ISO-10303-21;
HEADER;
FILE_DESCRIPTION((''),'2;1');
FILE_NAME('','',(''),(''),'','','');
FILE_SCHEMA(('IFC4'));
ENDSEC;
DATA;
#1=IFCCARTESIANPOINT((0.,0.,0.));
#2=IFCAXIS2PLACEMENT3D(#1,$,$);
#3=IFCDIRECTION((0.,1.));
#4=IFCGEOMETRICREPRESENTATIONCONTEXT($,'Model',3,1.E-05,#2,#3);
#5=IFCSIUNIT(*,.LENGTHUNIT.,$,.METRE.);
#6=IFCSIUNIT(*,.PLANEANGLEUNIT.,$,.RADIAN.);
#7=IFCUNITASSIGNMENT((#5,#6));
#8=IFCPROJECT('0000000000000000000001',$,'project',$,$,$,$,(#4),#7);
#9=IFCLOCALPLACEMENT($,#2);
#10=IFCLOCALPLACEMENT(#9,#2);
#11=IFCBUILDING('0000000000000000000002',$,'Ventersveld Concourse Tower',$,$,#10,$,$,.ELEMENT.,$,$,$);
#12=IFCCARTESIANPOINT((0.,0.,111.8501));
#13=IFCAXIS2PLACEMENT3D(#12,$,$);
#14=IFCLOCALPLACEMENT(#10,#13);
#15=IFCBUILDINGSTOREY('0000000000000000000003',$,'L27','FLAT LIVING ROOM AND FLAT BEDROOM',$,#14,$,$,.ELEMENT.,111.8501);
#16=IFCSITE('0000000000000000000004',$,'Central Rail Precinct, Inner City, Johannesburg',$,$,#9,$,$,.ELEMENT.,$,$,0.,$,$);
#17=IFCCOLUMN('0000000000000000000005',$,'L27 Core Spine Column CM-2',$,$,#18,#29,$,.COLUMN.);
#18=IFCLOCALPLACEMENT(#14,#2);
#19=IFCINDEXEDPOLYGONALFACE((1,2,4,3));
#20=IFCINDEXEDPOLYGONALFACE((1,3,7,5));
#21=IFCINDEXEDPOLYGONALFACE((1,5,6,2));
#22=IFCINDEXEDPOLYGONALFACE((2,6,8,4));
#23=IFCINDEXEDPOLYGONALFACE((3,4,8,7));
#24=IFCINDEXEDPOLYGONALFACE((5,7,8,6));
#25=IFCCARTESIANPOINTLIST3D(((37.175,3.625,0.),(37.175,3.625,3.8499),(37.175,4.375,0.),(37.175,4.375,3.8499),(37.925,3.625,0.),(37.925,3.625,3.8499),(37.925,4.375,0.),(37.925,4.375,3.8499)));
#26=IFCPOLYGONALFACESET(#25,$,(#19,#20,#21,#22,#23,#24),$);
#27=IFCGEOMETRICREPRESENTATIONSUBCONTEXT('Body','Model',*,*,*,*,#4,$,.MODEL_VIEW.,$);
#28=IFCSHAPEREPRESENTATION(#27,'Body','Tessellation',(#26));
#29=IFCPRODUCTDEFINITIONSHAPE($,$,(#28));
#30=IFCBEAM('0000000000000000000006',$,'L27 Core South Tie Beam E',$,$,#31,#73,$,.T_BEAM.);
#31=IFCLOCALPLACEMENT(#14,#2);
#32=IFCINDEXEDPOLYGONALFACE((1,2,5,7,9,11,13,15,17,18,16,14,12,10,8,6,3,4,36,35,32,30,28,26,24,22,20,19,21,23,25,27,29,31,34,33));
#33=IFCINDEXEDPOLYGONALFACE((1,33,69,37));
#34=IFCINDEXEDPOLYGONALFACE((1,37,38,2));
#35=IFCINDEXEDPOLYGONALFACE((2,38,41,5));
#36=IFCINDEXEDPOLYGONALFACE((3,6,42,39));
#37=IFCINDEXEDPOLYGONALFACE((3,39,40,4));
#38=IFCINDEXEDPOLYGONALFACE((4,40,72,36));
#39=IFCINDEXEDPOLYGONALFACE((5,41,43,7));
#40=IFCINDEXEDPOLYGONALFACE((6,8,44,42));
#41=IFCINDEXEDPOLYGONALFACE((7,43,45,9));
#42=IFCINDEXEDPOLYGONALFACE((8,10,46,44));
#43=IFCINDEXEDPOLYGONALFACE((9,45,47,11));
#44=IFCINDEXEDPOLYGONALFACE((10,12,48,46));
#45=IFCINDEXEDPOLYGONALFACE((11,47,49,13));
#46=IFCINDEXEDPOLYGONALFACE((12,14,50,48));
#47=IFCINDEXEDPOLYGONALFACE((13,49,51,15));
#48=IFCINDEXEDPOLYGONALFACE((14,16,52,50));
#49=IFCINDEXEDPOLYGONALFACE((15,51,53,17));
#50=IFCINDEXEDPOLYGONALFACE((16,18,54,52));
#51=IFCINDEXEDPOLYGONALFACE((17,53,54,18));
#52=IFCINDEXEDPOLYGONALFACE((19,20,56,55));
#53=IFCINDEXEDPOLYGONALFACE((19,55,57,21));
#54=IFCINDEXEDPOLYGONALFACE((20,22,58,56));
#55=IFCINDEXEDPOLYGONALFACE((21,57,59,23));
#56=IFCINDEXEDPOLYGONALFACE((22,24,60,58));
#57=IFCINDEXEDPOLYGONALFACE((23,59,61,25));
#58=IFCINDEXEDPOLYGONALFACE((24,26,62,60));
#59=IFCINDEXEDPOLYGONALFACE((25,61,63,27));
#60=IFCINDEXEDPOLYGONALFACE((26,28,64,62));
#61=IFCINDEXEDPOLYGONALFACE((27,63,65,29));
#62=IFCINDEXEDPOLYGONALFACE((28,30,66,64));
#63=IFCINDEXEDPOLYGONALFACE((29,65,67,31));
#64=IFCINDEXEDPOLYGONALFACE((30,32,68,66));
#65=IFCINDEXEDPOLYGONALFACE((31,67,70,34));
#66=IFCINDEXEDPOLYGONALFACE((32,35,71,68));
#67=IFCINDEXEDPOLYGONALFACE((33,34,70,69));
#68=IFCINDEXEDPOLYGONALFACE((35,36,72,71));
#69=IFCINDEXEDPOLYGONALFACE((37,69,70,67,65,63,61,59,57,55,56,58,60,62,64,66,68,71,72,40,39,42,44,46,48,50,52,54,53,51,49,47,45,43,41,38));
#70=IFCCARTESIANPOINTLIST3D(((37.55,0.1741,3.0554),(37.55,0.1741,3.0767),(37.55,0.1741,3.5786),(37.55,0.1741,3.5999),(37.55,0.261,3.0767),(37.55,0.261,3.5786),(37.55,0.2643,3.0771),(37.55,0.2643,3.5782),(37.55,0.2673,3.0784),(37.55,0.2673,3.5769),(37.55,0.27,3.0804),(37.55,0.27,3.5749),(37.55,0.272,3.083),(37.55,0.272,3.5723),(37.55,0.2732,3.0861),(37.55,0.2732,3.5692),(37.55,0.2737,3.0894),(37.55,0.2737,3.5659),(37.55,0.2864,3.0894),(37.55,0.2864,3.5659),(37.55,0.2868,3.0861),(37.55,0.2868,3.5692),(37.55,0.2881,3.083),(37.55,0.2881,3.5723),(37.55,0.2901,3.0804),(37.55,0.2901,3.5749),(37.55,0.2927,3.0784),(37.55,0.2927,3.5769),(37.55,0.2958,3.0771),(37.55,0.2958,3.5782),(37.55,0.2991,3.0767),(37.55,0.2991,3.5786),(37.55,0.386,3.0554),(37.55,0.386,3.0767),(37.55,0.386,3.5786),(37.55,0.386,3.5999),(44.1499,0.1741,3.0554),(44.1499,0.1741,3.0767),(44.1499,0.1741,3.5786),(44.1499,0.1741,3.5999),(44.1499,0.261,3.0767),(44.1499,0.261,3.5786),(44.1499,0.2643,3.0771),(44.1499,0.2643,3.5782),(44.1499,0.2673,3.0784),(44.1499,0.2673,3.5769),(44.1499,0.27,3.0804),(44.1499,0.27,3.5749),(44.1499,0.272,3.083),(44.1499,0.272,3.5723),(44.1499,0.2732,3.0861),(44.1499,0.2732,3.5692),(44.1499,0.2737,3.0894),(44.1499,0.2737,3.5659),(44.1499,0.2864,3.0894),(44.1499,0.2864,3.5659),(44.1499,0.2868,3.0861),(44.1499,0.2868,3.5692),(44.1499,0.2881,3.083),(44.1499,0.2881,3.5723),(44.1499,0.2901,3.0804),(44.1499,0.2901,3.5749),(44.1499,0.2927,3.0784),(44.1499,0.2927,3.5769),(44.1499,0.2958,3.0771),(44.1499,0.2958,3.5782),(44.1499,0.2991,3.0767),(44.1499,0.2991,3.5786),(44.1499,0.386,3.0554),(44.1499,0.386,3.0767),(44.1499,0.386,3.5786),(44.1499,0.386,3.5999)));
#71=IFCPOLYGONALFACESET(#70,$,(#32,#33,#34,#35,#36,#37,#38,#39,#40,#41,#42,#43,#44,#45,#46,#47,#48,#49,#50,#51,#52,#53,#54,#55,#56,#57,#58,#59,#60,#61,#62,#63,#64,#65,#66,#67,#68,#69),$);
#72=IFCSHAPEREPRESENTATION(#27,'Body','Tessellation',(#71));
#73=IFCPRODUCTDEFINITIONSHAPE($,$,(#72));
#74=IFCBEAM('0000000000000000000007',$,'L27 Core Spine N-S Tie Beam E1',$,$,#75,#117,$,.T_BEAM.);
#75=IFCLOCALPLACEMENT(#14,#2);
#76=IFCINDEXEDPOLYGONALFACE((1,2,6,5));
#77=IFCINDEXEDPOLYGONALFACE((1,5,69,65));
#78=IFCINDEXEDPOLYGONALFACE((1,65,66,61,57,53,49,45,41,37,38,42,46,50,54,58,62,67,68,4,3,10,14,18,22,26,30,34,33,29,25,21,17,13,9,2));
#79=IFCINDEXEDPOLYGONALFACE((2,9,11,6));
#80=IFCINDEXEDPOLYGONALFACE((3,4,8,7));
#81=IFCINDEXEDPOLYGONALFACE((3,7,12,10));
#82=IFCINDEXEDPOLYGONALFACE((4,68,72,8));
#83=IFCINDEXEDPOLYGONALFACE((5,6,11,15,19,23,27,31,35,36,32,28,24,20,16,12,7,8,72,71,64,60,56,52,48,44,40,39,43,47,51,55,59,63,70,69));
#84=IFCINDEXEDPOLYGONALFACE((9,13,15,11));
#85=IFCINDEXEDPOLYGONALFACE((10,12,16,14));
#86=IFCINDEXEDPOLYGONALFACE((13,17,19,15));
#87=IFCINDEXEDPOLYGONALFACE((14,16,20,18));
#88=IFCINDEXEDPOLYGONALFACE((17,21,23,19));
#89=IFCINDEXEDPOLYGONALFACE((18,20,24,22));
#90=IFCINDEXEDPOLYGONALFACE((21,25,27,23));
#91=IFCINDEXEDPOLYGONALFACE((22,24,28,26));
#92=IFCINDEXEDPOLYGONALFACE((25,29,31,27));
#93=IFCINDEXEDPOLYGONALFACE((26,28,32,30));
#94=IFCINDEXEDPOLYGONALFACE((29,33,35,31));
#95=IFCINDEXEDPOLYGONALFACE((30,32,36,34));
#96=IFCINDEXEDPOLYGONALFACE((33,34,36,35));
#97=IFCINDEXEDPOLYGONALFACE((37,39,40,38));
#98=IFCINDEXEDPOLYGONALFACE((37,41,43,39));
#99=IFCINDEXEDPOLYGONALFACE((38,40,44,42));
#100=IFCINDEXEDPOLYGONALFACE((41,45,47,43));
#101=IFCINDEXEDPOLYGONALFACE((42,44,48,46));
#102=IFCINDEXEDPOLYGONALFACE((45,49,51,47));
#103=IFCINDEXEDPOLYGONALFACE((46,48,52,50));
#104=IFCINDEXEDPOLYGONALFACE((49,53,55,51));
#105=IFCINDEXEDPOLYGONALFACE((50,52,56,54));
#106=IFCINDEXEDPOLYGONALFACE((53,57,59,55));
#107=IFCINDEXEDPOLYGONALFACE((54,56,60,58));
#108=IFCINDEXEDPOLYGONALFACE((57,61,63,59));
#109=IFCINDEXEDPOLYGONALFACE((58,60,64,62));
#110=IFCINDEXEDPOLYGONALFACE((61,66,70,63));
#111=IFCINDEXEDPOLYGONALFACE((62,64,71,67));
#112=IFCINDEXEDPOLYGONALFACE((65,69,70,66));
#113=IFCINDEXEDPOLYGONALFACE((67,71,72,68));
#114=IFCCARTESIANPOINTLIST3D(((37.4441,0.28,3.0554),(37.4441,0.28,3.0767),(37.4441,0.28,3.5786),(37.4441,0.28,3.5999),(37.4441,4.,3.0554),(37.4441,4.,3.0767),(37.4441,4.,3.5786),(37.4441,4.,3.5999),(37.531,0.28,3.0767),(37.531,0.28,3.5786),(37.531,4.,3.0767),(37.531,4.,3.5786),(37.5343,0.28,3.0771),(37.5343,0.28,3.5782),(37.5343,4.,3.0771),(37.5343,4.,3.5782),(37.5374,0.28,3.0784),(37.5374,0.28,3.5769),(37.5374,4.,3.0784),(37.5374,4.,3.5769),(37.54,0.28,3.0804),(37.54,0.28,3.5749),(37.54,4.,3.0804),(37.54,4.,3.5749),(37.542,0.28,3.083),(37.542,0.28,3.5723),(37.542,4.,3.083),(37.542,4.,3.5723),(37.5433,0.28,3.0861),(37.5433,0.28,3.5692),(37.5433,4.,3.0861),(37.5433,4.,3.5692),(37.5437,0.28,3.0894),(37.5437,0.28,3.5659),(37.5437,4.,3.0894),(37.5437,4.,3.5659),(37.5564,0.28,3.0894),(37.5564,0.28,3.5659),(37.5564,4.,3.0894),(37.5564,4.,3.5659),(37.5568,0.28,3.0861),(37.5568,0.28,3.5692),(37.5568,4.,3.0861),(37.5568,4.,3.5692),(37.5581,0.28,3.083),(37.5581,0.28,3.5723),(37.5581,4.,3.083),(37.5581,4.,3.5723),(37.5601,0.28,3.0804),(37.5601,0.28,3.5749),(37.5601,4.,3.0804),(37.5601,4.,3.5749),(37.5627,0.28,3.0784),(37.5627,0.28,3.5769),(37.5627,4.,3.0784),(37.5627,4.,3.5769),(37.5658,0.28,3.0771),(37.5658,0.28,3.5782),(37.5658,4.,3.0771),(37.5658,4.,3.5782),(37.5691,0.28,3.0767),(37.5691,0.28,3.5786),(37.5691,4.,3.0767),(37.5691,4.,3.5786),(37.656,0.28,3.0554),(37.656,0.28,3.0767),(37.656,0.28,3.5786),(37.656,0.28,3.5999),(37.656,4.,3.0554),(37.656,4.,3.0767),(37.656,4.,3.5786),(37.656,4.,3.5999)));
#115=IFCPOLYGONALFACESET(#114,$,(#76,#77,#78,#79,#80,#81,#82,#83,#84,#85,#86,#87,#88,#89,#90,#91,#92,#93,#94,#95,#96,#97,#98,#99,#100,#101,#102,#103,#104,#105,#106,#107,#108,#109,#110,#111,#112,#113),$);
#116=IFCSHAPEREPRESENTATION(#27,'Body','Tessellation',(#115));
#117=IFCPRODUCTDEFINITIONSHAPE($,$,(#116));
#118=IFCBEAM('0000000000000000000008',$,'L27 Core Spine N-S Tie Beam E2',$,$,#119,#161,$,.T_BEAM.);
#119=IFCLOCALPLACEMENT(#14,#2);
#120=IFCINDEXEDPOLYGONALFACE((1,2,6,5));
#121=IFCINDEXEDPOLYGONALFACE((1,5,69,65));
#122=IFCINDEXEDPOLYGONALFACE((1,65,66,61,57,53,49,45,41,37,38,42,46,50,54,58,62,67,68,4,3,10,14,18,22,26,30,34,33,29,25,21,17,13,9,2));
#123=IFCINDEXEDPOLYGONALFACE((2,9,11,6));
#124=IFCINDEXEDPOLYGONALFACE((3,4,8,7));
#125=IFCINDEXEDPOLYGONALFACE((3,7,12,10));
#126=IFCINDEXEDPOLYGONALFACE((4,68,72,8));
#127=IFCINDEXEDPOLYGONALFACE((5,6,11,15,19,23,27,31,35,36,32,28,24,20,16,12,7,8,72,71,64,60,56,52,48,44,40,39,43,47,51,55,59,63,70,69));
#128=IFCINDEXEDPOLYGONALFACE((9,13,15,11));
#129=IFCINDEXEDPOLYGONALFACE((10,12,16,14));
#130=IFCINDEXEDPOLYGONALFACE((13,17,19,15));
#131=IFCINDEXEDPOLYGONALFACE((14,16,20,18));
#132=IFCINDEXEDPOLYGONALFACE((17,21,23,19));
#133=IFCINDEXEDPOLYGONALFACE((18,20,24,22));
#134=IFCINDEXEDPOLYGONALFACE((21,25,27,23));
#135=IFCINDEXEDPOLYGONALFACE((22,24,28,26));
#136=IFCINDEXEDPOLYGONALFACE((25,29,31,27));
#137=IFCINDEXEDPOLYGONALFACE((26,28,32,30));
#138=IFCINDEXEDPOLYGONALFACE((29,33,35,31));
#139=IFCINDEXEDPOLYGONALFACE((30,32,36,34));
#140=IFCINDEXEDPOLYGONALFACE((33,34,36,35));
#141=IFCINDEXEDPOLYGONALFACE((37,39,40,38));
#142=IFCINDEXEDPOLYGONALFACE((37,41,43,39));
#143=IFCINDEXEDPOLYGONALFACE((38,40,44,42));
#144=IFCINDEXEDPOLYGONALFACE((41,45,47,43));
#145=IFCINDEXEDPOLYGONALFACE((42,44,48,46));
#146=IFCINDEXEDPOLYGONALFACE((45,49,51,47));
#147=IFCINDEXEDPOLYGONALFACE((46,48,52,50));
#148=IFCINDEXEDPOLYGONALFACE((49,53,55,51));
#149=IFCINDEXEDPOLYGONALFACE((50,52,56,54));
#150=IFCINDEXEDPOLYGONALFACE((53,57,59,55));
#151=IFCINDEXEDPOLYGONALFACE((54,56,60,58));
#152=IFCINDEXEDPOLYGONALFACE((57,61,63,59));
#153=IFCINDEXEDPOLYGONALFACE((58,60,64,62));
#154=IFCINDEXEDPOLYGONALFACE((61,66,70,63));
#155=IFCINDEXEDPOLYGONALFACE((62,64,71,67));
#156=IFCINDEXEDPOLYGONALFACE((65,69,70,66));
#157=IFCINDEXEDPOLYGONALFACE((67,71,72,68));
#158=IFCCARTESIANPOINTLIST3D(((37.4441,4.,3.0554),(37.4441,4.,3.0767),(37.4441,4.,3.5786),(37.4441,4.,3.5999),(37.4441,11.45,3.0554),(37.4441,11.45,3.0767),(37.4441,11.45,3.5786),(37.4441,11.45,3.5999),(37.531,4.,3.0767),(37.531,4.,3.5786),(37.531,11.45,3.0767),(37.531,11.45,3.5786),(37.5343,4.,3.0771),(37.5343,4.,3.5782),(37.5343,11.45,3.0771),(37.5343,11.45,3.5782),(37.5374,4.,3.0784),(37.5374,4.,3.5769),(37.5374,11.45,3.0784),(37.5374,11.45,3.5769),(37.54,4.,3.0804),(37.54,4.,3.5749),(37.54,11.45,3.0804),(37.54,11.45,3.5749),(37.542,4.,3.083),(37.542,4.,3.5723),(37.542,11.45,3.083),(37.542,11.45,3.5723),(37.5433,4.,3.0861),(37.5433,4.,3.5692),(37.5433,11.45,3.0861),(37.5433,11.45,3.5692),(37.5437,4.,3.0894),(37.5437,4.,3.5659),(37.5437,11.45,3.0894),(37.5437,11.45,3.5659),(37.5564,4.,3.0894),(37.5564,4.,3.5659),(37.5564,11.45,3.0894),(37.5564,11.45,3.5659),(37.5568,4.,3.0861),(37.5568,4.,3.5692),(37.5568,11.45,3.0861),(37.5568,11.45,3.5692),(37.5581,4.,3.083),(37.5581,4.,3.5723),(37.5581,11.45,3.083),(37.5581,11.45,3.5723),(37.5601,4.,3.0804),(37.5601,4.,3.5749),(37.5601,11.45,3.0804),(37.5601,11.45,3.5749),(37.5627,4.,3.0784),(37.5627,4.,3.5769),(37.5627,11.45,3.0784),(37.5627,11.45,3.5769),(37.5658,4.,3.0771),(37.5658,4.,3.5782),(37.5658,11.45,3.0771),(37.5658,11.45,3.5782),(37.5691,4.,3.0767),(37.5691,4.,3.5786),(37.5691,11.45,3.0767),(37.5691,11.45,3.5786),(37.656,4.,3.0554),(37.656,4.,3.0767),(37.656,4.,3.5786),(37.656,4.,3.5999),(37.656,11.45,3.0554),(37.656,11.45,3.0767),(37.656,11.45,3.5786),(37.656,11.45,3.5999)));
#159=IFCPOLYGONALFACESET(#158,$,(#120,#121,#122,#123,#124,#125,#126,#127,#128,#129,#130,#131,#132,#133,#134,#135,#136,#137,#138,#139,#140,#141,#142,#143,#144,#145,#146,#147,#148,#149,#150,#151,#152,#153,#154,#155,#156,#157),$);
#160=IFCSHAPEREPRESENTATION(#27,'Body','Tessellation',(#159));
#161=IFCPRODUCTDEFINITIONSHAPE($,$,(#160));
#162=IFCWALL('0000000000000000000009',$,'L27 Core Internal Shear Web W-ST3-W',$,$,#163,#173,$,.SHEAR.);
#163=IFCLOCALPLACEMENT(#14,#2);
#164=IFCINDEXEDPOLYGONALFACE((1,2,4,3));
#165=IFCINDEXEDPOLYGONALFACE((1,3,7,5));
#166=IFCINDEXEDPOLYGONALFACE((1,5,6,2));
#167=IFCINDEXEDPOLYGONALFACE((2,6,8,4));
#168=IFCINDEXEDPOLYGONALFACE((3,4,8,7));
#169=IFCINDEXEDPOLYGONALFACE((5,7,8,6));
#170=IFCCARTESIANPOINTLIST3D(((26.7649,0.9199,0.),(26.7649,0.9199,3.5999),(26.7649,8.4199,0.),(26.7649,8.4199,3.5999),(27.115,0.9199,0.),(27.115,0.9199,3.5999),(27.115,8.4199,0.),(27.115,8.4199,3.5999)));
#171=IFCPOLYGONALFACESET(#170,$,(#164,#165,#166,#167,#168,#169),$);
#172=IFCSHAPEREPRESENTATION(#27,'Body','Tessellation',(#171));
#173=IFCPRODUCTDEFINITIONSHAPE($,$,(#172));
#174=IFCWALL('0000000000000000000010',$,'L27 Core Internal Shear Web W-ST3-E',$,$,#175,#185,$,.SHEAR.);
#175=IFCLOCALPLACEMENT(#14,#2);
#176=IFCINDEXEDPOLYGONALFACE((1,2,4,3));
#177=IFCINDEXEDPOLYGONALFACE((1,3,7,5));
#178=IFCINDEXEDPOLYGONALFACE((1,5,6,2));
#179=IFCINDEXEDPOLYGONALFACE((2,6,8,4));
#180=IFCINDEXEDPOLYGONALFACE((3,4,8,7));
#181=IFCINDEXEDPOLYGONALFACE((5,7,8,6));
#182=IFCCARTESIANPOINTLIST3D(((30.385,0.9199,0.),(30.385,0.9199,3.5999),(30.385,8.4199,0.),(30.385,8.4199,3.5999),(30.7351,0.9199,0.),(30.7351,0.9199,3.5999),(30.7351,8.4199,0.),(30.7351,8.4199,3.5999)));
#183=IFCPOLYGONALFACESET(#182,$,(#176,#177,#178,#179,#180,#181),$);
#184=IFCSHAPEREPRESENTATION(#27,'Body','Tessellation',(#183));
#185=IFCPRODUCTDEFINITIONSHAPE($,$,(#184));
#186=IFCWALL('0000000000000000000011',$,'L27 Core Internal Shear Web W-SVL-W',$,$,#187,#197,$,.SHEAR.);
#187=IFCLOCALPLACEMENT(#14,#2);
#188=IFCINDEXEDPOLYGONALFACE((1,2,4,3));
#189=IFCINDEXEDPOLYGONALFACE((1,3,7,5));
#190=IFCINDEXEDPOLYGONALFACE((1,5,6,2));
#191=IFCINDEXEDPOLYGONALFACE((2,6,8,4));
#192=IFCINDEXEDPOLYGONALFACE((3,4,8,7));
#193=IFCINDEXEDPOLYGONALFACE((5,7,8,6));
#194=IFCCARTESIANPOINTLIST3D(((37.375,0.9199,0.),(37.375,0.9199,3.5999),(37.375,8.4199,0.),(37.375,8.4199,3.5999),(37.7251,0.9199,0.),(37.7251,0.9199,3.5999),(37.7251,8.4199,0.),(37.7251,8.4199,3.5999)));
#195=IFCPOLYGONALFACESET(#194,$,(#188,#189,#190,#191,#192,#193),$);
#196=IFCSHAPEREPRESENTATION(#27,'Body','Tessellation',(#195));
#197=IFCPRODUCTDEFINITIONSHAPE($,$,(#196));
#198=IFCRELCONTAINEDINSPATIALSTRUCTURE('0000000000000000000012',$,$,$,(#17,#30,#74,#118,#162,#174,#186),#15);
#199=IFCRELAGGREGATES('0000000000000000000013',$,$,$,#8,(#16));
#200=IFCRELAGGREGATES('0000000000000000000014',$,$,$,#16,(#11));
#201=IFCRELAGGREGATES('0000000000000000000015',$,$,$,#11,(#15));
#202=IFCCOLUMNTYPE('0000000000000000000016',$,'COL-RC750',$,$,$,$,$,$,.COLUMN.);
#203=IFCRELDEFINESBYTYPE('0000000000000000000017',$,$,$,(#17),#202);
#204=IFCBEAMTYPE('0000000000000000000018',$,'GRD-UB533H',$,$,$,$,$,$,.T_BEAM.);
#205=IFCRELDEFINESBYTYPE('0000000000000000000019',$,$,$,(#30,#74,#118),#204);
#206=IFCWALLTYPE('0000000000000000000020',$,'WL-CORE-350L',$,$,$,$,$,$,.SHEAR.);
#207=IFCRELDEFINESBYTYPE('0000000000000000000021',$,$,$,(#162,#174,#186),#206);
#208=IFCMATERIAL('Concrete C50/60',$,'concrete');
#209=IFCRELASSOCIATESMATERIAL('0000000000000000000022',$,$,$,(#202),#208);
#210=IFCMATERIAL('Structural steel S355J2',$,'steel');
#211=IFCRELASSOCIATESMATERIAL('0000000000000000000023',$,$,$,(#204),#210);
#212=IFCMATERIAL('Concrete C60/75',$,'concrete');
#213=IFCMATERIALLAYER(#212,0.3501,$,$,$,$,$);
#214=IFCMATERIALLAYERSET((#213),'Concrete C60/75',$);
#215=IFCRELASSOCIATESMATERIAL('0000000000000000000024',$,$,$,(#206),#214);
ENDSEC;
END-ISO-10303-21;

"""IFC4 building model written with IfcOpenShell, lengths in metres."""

from ifc_helpers import new_model, si_unit, direction, frame, frame_2d, origin, origin_2d, place, context, subcontext, project, spatial, rectangle, i_section, extrude, material, layer, layer_set, material_profile, profile_set, type_object, element, save


model = new_model("IFC4")

# Units and contexts
model_context = context("Model", 3, precision=1e-05, world=origin(), true_north=direction((0.0, 1.0)))
body_context = subcontext(model_context, "Body", "Model", "MODEL_VIEW")
ifc_project = project(units=[si_unit("LENGTHUNIT", "METRE"), si_unit("PLANEANGLEUNIT", "RADIAN")], contexts=[model_context])

# Site, building, storey
site_placement = place(None, origin())
site = spatial("IfcSite", under=ifc_project, at=site_placement, Name="Central Rail Precinct, Inner City, Johannesburg", CompositionType="ELEMENT", RefElevation=0.0)
building_placement = place(site_placement, origin())
building = spatial("IfcBuilding", under=site, at=building_placement, Name="Ventersveld Concourse Tower", CompositionType="ELEMENT")
storey_placement = place(building_placement, frame((0.0, 0.0, 111.8501)))
storey = spatial("IfcBuildingStorey", under=building, at=storey_placement, Name="L27", Description="FLAT LIVING ROOM AND FLAT BEDROOM", CompositionType="ELEMENT", Elevation=111.8501)

# Column
ifc_material_1 = material(Name="Concrete C50/60", Category="concrete")
ifc_material_profile_1 = material_profile(ifc_material_1, rectangle(XDim=0.75, YDim=0.75, at=origin_2d()), Name="RC 750x750")
ifc_profile_set_1 = profile_set([ifc_material_profile_1], Name="Concrete C50/60")
column_type = type_object("IfcColumnType", Name="COL-RC750", PredefinedType="COLUMN", material=ifc_profile_set_1)
column_placement = place(storey_placement, frame((37.55, 4.0, 0.0), z_axis=(0.0, 0.0, 1.0), x_axis=(1.0, 0.0, 0.0)))
element("IfcColumn", 1, at=column_placement, inside=storey, type_object=column_type, Name="L27 Core Spine Column CM-2", PredefinedType="COLUMN", context=body_context, shape_type="SweptSolid", body=[
    extrude(rectangle(XDim=0.75, YDim=0.75, at=origin_2d()), origin(), (0.0, 0.0, 1.0), 3.8499),
])

# Beams
ifc_material_2 = material(Name="Structural steel S355J2", Category="steel")
ifc_material_profile_2 = material_profile(ifc_material_2, i_section(OverallWidth=0.2119, OverallDepth=0.5444, WebThickness=0.0127, FlangeThickness=0.0212, FilletRadius=0.0127, at=origin_2d()), Name="UB 533x210x122")
ifc_profile_set_2 = profile_set([ifc_material_profile_2], Name="Structural steel S355J2")
beam_type = type_object("IfcBeamType", Name="GRD-UB533H", PredefinedType="T_BEAM", material=ifc_profile_set_2)
beam_1_placement = place(storey_placement, frame((37.55, 0.28, 3.3276), z_axis=(1.0, 0.0, 0.0), x_axis=(0.0, 1.0, 0.0)))
element("IfcBeam", 2, at=beam_1_placement, inside=storey, type_object=beam_type, Name="L27 Core South Tie Beam E", PredefinedType="T_BEAM", context=body_context, shape_type="SweptSolid", body=[
    extrude(i_section(OverallWidth=0.2119, OverallDepth=0.5444, WebThickness=0.0127, FlangeThickness=0.0212, FilletRadius=0.0127, at=origin_2d()), origin(), (0.0, 0.0, 1.0), 6.5999),
])
beam_2_placement = place(storey_placement, frame((37.55, 0.28, 3.3276), z_axis=(0.0, 1.0, 0.0), x_axis=(-1.0, 0.0, 0.0)))
element("IfcBeam", 3, at=beam_2_placement, inside=storey, type_object=beam_type, Name="L27 Core Spine N-S Tie Beam E1", PredefinedType="T_BEAM", context=body_context, shape_type="SweptSolid", body=[
    extrude(i_section(OverallWidth=0.2119, OverallDepth=0.5444, WebThickness=0.0127, FlangeThickness=0.0212, FilletRadius=0.0127, at=origin_2d()), origin(), (0.0, 0.0, 1.0), 3.72),
])
beam_3_placement = place(storey_placement, frame((37.55, 4.0, 3.3276), z_axis=(0.0, 1.0, 0.0), x_axis=(-1.0, 0.0, 0.0)))
element("IfcBeam", 4, at=beam_3_placement, inside=storey, type_object=beam_type, Name="L27 Core Spine N-S Tie Beam E2", PredefinedType="T_BEAM", context=body_context, shape_type="SweptSolid", body=[
    extrude(i_section(OverallWidth=0.2119, OverallDepth=0.5444, WebThickness=0.0127, FlangeThickness=0.0212, FilletRadius=0.0127, at=origin_2d()), origin(), (0.0, 0.0, 1.0), 7.45),
])

# Walls
ifc_material_3 = material(Name="Concrete C60/75", Category="concrete")
ifc_layer_1 = layer(ifc_material_3, 0.3501)
ifc_layer_set_1 = layer_set([ifc_layer_1], Name="Concrete C60/75")
wall_type_1 = type_object("IfcWallType", Name="WL-CORE-350L", PredefinedType="SHEAR", material=ifc_layer_set_1)
for number, where, z_axis, x_axis, name in (
    (5, (26.9399, 0.9199, 0.0), (0.0, 0.0, 1.0), (0.0, 1.0, 0.0), "L27 Core Internal Shear Web W-ST3-W"),
    (6, (30.5601, 0.9199, 0.0), (0.0, 0.0, 1.0), (0.0, 1.0, 0.0), "L27 Core Internal Shear Web W-ST3-E"),
    (7, (37.55, 0.9199, 0.0), (0.0, 0.0, 1.0), (0.0, 1.0, 0.0), "L27 Core Internal Shear Web W-SVL-W"),
):
    element("IfcWall", number, at=place(storey_placement, frame(where, z_axis=z_axis, x_axis=x_axis)), inside=storey, type_object=wall_type_1, Name=name, PredefinedType="SHEAR", context=body_context, shape_type="SweptSolid", body=[
        extrude(rectangle(XDim=7.5, YDim=0.3501, at=frame_2d((3.75, 0.0))), origin(), (0.0, 0.0, 1.0), 3.5999),
    ])

save(model, "model.ifc")
